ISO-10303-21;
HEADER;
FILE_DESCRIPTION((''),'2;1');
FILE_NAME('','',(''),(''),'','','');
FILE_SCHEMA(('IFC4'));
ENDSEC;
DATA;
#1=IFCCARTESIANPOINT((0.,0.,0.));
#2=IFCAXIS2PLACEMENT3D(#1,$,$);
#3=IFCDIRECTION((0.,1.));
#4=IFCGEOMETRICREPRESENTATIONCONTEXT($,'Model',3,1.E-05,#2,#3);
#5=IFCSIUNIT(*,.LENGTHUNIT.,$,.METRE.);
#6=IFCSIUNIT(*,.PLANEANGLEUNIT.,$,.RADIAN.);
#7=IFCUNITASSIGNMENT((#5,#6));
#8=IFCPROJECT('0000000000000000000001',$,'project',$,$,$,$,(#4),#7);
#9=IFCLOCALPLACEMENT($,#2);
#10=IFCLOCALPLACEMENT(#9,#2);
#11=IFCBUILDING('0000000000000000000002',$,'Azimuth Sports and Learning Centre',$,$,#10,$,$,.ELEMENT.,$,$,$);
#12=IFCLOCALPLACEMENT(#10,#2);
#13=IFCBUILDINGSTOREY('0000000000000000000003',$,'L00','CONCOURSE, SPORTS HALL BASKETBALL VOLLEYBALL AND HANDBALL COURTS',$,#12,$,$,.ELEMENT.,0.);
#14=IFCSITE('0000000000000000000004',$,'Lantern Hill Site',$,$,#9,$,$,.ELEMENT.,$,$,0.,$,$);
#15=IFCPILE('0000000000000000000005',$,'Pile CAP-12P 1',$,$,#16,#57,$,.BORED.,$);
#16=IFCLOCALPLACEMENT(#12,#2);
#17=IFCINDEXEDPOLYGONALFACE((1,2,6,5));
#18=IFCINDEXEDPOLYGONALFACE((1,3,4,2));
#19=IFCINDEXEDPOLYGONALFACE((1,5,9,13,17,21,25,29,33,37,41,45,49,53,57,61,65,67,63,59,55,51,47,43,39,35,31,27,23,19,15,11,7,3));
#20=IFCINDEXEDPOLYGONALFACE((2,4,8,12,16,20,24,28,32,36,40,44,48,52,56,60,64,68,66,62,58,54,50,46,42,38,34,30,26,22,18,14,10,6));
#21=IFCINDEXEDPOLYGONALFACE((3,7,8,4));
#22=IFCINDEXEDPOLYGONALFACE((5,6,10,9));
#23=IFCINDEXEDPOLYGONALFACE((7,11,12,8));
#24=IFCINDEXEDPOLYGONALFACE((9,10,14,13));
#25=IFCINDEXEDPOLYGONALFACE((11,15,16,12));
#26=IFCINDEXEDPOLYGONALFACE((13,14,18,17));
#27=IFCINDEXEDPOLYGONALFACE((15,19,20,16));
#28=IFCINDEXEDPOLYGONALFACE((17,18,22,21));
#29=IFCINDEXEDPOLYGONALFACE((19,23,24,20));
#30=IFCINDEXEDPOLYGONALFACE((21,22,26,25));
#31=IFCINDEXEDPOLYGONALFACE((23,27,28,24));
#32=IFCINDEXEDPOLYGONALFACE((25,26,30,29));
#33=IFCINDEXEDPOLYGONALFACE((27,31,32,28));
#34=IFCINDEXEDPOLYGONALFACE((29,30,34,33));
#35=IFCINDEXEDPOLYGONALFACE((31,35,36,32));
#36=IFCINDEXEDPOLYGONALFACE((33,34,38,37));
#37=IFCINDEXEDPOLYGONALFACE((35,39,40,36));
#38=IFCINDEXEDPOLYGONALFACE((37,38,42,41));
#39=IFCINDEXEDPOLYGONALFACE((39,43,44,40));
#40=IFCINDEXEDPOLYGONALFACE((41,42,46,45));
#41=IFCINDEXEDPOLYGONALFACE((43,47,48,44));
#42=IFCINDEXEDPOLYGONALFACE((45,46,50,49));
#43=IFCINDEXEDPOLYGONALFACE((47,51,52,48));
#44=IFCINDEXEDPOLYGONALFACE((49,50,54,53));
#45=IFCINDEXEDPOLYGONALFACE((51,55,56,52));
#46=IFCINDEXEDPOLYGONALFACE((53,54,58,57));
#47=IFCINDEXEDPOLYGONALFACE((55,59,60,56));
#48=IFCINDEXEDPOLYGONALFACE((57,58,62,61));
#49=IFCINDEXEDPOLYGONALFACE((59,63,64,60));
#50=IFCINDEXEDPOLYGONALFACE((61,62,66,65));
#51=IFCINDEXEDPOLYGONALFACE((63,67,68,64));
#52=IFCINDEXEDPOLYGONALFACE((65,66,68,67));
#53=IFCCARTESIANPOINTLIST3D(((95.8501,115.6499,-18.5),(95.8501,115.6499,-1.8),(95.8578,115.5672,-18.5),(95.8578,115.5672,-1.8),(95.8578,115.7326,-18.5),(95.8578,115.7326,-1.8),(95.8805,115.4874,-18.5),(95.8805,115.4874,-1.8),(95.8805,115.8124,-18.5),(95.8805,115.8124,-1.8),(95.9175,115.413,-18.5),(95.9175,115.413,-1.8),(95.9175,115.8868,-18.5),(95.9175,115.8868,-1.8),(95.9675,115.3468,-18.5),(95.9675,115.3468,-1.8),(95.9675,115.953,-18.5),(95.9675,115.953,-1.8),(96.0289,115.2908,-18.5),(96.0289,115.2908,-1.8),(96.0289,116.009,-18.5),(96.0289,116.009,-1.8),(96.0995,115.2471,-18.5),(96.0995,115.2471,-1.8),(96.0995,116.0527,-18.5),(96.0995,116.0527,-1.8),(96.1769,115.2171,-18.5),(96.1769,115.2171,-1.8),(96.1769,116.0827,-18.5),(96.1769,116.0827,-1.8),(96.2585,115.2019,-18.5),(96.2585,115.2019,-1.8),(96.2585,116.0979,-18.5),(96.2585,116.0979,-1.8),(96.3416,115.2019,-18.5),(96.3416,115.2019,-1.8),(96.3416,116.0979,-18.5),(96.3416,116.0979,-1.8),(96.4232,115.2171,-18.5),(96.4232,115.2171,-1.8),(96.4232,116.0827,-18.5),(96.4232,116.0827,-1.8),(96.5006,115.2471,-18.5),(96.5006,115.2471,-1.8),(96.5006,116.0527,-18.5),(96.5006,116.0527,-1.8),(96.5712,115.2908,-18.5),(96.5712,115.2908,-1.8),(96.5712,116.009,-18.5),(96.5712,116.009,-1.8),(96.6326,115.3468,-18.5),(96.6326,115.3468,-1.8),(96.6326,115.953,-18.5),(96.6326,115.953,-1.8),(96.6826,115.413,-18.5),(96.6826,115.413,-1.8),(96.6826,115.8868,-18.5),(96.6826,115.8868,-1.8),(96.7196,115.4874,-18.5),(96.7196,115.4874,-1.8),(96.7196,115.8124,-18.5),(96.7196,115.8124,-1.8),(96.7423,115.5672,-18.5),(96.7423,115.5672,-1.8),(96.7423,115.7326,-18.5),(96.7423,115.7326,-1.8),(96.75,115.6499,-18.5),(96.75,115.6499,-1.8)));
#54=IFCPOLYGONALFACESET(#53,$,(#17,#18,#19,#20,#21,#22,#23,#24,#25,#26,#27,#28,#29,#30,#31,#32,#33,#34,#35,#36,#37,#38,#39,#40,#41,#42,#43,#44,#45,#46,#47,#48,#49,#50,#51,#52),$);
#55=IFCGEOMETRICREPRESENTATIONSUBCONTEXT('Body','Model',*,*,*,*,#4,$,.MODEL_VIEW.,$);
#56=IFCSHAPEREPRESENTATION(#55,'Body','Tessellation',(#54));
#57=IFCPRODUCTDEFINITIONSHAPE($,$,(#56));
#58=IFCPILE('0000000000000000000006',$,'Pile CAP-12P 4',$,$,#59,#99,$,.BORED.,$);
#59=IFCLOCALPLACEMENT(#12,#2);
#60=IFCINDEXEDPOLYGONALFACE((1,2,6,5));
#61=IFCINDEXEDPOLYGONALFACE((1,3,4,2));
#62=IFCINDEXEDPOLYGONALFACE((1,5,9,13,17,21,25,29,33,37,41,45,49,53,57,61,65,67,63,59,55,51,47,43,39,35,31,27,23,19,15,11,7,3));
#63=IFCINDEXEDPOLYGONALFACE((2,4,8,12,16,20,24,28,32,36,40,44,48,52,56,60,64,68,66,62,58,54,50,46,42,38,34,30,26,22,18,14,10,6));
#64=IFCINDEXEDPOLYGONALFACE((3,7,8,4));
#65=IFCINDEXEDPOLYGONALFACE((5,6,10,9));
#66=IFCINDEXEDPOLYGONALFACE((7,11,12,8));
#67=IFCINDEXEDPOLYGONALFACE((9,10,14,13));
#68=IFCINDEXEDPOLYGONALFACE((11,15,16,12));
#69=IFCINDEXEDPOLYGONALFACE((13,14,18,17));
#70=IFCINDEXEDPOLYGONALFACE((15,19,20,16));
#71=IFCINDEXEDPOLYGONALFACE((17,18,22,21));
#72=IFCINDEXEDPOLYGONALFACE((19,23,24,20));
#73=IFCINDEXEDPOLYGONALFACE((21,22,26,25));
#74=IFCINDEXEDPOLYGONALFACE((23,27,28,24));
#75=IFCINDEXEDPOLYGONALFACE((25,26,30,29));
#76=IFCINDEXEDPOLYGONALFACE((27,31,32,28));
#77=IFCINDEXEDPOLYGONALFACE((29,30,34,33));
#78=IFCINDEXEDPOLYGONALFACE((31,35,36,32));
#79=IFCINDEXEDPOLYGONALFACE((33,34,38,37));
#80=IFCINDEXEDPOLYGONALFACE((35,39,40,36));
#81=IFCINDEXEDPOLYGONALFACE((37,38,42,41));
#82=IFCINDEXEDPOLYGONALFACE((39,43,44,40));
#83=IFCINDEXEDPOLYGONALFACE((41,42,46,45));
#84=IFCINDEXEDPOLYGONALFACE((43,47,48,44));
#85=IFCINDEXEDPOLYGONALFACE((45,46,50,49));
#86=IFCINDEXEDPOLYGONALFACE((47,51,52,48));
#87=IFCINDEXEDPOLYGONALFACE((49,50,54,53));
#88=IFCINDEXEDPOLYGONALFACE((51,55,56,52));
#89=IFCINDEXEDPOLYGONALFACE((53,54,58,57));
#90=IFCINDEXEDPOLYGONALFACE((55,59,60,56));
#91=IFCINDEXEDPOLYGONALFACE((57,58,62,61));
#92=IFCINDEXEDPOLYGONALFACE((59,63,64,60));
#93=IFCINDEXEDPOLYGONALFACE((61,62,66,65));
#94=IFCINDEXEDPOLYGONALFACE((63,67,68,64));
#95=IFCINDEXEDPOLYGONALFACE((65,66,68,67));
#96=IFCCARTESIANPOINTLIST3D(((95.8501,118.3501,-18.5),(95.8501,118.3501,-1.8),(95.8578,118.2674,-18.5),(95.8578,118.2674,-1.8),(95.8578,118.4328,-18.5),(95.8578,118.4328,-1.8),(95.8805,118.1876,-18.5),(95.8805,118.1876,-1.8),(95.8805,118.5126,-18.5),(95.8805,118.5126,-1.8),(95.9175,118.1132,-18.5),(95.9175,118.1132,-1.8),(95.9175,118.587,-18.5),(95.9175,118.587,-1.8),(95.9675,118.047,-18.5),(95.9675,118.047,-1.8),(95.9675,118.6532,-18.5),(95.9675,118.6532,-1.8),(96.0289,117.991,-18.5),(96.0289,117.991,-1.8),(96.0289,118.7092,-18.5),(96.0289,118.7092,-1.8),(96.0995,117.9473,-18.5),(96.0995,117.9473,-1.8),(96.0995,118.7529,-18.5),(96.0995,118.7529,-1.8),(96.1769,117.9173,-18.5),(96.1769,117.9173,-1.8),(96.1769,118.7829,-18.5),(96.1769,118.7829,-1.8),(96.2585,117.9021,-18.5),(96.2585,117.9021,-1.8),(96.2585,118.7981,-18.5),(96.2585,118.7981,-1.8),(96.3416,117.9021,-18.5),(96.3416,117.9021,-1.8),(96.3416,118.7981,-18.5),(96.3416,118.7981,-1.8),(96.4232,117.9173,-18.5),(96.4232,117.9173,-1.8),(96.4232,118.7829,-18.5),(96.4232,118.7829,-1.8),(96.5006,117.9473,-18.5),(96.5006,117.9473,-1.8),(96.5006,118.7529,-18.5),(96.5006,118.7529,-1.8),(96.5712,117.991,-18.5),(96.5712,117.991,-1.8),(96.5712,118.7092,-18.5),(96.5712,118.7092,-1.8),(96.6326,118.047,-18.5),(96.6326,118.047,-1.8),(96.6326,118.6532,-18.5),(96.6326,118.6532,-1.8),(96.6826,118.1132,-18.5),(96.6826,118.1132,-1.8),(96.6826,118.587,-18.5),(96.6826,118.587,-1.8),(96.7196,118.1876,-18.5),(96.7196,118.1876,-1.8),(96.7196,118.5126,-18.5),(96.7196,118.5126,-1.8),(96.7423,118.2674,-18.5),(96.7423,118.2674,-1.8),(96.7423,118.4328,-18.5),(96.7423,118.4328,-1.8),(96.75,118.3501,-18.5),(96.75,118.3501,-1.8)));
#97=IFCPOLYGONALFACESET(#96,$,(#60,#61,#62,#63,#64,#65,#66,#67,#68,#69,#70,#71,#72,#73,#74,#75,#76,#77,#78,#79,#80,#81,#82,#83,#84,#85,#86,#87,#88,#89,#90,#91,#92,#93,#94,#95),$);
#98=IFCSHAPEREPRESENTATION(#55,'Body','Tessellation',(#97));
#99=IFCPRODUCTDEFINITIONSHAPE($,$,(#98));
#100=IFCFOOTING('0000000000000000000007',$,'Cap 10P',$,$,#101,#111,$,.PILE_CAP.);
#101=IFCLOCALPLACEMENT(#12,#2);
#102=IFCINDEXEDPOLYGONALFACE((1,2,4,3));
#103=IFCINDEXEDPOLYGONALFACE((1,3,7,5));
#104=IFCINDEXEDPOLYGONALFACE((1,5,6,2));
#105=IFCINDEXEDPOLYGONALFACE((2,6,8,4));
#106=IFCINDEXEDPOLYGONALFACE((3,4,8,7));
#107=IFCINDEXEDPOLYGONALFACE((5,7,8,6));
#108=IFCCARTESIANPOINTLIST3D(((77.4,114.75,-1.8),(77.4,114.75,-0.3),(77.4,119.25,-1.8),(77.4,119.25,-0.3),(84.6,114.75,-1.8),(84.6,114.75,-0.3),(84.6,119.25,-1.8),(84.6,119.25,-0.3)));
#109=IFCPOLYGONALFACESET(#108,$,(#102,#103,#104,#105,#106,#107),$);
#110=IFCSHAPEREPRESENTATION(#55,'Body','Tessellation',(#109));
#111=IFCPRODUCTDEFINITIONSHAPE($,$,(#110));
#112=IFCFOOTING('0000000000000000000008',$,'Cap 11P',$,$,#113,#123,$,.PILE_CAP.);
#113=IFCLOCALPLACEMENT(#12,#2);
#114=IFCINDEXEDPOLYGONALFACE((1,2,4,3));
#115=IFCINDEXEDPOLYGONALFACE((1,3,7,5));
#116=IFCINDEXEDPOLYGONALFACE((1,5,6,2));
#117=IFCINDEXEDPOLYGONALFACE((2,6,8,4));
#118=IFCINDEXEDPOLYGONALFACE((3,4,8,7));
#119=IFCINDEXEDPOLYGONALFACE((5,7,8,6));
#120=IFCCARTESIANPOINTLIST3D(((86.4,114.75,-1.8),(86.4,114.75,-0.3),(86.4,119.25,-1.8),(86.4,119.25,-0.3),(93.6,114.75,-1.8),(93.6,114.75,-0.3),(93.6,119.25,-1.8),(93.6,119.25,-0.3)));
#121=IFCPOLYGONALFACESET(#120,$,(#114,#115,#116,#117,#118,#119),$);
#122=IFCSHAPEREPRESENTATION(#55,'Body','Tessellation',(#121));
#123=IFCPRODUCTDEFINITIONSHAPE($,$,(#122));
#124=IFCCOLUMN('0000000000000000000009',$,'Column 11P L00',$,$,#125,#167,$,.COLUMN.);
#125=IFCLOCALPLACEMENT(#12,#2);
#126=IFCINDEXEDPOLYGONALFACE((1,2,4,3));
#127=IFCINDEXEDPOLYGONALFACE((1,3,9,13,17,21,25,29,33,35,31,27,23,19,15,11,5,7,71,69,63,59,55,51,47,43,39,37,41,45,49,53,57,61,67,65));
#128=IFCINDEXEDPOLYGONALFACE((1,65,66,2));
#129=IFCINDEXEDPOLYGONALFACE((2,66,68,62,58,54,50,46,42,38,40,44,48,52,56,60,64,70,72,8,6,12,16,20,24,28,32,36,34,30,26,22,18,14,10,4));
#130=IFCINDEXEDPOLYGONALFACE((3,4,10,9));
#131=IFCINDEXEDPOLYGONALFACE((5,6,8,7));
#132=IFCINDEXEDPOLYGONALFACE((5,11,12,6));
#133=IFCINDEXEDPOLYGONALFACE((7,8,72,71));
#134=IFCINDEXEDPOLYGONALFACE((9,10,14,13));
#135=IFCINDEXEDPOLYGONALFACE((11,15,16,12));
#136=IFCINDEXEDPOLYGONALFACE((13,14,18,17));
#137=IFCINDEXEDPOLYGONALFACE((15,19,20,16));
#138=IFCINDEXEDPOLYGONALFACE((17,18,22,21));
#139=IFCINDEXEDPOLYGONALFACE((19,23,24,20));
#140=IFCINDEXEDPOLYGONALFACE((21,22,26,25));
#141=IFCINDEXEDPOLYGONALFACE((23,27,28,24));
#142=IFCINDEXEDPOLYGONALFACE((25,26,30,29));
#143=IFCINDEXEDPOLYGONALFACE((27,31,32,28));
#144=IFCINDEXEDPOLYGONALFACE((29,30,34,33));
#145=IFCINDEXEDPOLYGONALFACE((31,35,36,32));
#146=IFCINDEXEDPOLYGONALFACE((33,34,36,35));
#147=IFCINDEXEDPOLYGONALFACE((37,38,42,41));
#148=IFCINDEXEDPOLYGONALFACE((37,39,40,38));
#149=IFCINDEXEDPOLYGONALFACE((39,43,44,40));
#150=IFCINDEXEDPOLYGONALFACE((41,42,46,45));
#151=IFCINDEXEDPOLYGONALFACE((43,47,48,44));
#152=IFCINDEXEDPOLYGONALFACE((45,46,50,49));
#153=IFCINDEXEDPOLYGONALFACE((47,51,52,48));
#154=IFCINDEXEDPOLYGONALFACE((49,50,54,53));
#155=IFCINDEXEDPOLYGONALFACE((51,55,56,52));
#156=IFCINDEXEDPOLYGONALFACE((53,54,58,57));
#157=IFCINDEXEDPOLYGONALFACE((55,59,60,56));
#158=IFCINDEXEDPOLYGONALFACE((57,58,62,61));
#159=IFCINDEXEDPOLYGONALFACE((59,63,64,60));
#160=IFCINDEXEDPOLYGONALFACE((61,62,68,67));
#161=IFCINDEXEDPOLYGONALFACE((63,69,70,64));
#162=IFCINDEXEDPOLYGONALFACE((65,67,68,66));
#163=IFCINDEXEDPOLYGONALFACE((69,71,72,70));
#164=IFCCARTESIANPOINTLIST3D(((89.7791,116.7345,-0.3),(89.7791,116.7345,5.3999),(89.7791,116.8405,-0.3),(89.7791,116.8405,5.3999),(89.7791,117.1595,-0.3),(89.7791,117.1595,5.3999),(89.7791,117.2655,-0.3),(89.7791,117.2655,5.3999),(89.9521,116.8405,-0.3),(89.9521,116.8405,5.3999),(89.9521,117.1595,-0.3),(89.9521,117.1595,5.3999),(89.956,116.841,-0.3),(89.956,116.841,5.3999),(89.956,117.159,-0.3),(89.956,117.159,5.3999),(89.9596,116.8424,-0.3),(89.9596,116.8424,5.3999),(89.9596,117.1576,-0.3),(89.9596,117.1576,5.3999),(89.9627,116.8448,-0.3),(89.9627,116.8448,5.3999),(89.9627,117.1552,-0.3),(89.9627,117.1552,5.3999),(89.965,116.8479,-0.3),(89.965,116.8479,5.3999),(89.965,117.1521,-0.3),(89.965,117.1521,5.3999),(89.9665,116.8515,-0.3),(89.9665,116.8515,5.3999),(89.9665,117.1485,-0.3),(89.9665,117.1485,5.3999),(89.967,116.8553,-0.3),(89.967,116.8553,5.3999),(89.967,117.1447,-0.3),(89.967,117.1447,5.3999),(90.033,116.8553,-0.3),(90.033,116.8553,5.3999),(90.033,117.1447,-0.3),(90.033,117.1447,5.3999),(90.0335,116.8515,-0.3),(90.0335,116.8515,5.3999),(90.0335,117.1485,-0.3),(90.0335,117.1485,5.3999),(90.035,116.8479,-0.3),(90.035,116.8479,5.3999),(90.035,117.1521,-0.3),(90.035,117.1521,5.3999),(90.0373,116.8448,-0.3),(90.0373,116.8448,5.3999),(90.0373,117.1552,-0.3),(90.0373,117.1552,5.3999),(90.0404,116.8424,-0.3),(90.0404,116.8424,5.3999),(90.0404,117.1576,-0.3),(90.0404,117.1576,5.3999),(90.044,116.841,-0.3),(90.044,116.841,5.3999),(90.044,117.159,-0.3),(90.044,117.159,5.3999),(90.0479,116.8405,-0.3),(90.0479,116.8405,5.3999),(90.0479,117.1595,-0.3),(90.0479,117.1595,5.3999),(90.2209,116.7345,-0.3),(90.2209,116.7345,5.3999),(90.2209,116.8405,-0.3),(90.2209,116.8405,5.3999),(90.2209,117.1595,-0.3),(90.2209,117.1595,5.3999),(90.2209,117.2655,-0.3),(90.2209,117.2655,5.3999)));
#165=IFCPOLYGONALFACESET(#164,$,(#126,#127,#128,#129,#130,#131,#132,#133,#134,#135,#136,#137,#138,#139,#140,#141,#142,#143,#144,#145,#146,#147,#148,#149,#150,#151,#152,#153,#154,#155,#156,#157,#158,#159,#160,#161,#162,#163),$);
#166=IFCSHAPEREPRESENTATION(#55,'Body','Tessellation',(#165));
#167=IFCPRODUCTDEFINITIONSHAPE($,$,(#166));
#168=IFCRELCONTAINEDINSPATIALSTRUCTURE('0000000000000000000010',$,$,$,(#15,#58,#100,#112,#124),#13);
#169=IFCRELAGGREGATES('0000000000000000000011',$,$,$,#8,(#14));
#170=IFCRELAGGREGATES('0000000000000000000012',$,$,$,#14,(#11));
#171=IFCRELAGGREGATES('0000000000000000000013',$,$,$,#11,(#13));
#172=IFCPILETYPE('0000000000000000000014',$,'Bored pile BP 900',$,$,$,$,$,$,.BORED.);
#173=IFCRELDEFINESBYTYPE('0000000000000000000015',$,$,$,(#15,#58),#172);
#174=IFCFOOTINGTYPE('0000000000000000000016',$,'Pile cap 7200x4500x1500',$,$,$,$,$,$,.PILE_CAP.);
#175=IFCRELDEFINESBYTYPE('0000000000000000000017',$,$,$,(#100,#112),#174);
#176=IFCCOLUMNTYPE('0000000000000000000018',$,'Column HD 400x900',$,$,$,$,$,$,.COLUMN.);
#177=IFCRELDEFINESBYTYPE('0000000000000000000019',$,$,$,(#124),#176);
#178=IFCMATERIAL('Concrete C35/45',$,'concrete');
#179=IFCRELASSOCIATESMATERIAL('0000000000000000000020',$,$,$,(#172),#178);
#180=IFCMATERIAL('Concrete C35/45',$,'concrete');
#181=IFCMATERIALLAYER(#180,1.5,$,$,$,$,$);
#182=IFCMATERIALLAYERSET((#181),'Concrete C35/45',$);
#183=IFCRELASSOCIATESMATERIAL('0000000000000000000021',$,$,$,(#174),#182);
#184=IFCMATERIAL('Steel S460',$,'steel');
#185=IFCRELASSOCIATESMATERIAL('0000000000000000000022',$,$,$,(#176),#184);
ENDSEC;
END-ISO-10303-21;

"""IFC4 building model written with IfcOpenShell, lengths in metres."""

from ifc_helpers import new_model, si_unit, direction, frame, origin, origin_2d, place, context, subcontext, project, spatial, rectangle, circle, i_section, extrude, material, layer, layer_set, material_profile, profile_set, type_object, element, save


model = new_model("IFC4")

# Units and contexts
model_context = context("Model", 3, precision=1e-05, world=origin(), true_north=direction((0.0, 1.0)))
body_context = subcontext(model_context, "Body", "Model", "MODEL_VIEW")
ifc_project = project(units=[si_unit("LENGTHUNIT", "METRE"), si_unit("PLANEANGLEUNIT", "RADIAN")], contexts=[model_context])

# Site, building, storey
site_placement = place(None, origin())
site = spatial("IfcSite", under=ifc_project, at=site_placement, Name="Lantern Hill Site", CompositionType="ELEMENT", RefElevation=0.0)
building_placement = place(site_placement, origin())
building = spatial("IfcBuilding", under=site, at=building_placement, Name="Azimuth Sports and Learning Centre", CompositionType="ELEMENT")
storey_placement = place(building_placement, origin())
storey = spatial("IfcBuildingStorey", under=building, at=storey_placement, Name="L00", Description="CONCOURSE, SPORTS HALL BASKETBALL VOLLEYBALL AND HANDBALL COURTS", CompositionType="ELEMENT", Elevation=0.0)

# Piles
ifc_material_1 = material(Name="Concrete C35/45", Category="concrete")
ifc_material_profile_1 = material_profile(ifc_material_1, circle(Radius=0.45, at=origin_2d()), Name="BP 900")
ifc_profile_set_1 = profile_set([ifc_material_profile_1], Name="Concrete C35/45")
pile_type = type_object("IfcPileType", Name="Bored pile BP 900", PredefinedType="BORED", material=ifc_profile_set_1)
for number, where, z_axis, x_axis, name in (
    (1, (96.3, 115.6499, -1.8), (0.0, 0.0, -1.0), (1.0, 0.0, 0.0), "Pile CAP-12P 1"),
    (2, (96.3, 118.3501, -1.8), (0.0, 0.0, -1.0), (1.0, 0.0, 0.0), "Pile CAP-12P 4"),
):
    element("IfcPile", number, at=place(storey_placement, frame(where, z_axis=z_axis, x_axis=x_axis)), inside=storey, type_object=pile_type, Name=name, PredefinedType="BORED", context=body_context, shape_type="SweptSolid", body=[
        extrude(circle(Radius=0.45, at=origin_2d()), origin(), (0.0, 0.0, 1.0), 16.7),
    ])

# Footings
ifc_material_2 = material(Name="Concrete C35/45", Category="concrete")
ifc_layer = layer(ifc_material_2, 1.5)
ifc_layer_set = layer_set([ifc_layer], Name="Concrete C35/45")
footing_type = type_object("IfcFootingType", Name="Pile cap 7200x4500x1500", PredefinedType="PILE_CAP", material=ifc_layer_set)
for number, where, z_axis, x_axis, name in (
    (3, (81.0, 117.0, -1.8), (0.0, 0.0, 1.0), (1.0, 0.0, 0.0), "Cap 10P"),
    (4, (90.0, 117.0, -1.8), (0.0, 0.0, 1.0), (1.0, 0.0, 0.0), "Cap 11P"),
):
    element("IfcFooting", number, at=place(storey_placement, frame(where, z_axis=z_axis, x_axis=x_axis)), inside=storey, type_object=footing_type, Name=name, PredefinedType="PILE_CAP", context=body_context, shape_type="SweptSolid", body=[
        extrude(rectangle(XDim=7.2, YDim=4.5, at=origin_2d()), origin(), (0.0, 0.0, 1.0), 1.5),
    ])

# Column
ifc_material_3 = material(Name="Steel S460", Category="steel")
ifc_material_profile_2 = material_profile(ifc_material_3, i_section(OverallWidth=0.4419, OverallDepth=0.531, WebThickness=0.0659, FlangeThickness=0.106, FilletRadius=0.0149, at=origin_2d()), Name="HD 400x900")
ifc_profile_set_2 = profile_set([ifc_material_profile_2], Name="Steel S460")
column_type = type_object("IfcColumnType", Name="Column HD 400x900", PredefinedType="COLUMN", material=ifc_profile_set_2)
column_placement = place(storey_placement, frame((90.0, 117.0, -0.3), z_axis=(0.0, 0.0, 1.0), x_axis=(1.0, 0.0, 0.0)))
element("IfcColumn", 5, at=column_placement, inside=storey, type_object=column_type, Name="Column 11P L00", PredefinedType="COLUMN", context=body_context, shape_type="SweptSolid", body=[
    extrude(i_section(OverallWidth=0.4419, OverallDepth=0.531, WebThickness=0.0659, FlangeThickness=0.106, FilletRadius=0.0149, at=origin_2d()), origin(), (0.0, 0.0, 1.0), 5.7),
])

save(model, "model.ifc")
